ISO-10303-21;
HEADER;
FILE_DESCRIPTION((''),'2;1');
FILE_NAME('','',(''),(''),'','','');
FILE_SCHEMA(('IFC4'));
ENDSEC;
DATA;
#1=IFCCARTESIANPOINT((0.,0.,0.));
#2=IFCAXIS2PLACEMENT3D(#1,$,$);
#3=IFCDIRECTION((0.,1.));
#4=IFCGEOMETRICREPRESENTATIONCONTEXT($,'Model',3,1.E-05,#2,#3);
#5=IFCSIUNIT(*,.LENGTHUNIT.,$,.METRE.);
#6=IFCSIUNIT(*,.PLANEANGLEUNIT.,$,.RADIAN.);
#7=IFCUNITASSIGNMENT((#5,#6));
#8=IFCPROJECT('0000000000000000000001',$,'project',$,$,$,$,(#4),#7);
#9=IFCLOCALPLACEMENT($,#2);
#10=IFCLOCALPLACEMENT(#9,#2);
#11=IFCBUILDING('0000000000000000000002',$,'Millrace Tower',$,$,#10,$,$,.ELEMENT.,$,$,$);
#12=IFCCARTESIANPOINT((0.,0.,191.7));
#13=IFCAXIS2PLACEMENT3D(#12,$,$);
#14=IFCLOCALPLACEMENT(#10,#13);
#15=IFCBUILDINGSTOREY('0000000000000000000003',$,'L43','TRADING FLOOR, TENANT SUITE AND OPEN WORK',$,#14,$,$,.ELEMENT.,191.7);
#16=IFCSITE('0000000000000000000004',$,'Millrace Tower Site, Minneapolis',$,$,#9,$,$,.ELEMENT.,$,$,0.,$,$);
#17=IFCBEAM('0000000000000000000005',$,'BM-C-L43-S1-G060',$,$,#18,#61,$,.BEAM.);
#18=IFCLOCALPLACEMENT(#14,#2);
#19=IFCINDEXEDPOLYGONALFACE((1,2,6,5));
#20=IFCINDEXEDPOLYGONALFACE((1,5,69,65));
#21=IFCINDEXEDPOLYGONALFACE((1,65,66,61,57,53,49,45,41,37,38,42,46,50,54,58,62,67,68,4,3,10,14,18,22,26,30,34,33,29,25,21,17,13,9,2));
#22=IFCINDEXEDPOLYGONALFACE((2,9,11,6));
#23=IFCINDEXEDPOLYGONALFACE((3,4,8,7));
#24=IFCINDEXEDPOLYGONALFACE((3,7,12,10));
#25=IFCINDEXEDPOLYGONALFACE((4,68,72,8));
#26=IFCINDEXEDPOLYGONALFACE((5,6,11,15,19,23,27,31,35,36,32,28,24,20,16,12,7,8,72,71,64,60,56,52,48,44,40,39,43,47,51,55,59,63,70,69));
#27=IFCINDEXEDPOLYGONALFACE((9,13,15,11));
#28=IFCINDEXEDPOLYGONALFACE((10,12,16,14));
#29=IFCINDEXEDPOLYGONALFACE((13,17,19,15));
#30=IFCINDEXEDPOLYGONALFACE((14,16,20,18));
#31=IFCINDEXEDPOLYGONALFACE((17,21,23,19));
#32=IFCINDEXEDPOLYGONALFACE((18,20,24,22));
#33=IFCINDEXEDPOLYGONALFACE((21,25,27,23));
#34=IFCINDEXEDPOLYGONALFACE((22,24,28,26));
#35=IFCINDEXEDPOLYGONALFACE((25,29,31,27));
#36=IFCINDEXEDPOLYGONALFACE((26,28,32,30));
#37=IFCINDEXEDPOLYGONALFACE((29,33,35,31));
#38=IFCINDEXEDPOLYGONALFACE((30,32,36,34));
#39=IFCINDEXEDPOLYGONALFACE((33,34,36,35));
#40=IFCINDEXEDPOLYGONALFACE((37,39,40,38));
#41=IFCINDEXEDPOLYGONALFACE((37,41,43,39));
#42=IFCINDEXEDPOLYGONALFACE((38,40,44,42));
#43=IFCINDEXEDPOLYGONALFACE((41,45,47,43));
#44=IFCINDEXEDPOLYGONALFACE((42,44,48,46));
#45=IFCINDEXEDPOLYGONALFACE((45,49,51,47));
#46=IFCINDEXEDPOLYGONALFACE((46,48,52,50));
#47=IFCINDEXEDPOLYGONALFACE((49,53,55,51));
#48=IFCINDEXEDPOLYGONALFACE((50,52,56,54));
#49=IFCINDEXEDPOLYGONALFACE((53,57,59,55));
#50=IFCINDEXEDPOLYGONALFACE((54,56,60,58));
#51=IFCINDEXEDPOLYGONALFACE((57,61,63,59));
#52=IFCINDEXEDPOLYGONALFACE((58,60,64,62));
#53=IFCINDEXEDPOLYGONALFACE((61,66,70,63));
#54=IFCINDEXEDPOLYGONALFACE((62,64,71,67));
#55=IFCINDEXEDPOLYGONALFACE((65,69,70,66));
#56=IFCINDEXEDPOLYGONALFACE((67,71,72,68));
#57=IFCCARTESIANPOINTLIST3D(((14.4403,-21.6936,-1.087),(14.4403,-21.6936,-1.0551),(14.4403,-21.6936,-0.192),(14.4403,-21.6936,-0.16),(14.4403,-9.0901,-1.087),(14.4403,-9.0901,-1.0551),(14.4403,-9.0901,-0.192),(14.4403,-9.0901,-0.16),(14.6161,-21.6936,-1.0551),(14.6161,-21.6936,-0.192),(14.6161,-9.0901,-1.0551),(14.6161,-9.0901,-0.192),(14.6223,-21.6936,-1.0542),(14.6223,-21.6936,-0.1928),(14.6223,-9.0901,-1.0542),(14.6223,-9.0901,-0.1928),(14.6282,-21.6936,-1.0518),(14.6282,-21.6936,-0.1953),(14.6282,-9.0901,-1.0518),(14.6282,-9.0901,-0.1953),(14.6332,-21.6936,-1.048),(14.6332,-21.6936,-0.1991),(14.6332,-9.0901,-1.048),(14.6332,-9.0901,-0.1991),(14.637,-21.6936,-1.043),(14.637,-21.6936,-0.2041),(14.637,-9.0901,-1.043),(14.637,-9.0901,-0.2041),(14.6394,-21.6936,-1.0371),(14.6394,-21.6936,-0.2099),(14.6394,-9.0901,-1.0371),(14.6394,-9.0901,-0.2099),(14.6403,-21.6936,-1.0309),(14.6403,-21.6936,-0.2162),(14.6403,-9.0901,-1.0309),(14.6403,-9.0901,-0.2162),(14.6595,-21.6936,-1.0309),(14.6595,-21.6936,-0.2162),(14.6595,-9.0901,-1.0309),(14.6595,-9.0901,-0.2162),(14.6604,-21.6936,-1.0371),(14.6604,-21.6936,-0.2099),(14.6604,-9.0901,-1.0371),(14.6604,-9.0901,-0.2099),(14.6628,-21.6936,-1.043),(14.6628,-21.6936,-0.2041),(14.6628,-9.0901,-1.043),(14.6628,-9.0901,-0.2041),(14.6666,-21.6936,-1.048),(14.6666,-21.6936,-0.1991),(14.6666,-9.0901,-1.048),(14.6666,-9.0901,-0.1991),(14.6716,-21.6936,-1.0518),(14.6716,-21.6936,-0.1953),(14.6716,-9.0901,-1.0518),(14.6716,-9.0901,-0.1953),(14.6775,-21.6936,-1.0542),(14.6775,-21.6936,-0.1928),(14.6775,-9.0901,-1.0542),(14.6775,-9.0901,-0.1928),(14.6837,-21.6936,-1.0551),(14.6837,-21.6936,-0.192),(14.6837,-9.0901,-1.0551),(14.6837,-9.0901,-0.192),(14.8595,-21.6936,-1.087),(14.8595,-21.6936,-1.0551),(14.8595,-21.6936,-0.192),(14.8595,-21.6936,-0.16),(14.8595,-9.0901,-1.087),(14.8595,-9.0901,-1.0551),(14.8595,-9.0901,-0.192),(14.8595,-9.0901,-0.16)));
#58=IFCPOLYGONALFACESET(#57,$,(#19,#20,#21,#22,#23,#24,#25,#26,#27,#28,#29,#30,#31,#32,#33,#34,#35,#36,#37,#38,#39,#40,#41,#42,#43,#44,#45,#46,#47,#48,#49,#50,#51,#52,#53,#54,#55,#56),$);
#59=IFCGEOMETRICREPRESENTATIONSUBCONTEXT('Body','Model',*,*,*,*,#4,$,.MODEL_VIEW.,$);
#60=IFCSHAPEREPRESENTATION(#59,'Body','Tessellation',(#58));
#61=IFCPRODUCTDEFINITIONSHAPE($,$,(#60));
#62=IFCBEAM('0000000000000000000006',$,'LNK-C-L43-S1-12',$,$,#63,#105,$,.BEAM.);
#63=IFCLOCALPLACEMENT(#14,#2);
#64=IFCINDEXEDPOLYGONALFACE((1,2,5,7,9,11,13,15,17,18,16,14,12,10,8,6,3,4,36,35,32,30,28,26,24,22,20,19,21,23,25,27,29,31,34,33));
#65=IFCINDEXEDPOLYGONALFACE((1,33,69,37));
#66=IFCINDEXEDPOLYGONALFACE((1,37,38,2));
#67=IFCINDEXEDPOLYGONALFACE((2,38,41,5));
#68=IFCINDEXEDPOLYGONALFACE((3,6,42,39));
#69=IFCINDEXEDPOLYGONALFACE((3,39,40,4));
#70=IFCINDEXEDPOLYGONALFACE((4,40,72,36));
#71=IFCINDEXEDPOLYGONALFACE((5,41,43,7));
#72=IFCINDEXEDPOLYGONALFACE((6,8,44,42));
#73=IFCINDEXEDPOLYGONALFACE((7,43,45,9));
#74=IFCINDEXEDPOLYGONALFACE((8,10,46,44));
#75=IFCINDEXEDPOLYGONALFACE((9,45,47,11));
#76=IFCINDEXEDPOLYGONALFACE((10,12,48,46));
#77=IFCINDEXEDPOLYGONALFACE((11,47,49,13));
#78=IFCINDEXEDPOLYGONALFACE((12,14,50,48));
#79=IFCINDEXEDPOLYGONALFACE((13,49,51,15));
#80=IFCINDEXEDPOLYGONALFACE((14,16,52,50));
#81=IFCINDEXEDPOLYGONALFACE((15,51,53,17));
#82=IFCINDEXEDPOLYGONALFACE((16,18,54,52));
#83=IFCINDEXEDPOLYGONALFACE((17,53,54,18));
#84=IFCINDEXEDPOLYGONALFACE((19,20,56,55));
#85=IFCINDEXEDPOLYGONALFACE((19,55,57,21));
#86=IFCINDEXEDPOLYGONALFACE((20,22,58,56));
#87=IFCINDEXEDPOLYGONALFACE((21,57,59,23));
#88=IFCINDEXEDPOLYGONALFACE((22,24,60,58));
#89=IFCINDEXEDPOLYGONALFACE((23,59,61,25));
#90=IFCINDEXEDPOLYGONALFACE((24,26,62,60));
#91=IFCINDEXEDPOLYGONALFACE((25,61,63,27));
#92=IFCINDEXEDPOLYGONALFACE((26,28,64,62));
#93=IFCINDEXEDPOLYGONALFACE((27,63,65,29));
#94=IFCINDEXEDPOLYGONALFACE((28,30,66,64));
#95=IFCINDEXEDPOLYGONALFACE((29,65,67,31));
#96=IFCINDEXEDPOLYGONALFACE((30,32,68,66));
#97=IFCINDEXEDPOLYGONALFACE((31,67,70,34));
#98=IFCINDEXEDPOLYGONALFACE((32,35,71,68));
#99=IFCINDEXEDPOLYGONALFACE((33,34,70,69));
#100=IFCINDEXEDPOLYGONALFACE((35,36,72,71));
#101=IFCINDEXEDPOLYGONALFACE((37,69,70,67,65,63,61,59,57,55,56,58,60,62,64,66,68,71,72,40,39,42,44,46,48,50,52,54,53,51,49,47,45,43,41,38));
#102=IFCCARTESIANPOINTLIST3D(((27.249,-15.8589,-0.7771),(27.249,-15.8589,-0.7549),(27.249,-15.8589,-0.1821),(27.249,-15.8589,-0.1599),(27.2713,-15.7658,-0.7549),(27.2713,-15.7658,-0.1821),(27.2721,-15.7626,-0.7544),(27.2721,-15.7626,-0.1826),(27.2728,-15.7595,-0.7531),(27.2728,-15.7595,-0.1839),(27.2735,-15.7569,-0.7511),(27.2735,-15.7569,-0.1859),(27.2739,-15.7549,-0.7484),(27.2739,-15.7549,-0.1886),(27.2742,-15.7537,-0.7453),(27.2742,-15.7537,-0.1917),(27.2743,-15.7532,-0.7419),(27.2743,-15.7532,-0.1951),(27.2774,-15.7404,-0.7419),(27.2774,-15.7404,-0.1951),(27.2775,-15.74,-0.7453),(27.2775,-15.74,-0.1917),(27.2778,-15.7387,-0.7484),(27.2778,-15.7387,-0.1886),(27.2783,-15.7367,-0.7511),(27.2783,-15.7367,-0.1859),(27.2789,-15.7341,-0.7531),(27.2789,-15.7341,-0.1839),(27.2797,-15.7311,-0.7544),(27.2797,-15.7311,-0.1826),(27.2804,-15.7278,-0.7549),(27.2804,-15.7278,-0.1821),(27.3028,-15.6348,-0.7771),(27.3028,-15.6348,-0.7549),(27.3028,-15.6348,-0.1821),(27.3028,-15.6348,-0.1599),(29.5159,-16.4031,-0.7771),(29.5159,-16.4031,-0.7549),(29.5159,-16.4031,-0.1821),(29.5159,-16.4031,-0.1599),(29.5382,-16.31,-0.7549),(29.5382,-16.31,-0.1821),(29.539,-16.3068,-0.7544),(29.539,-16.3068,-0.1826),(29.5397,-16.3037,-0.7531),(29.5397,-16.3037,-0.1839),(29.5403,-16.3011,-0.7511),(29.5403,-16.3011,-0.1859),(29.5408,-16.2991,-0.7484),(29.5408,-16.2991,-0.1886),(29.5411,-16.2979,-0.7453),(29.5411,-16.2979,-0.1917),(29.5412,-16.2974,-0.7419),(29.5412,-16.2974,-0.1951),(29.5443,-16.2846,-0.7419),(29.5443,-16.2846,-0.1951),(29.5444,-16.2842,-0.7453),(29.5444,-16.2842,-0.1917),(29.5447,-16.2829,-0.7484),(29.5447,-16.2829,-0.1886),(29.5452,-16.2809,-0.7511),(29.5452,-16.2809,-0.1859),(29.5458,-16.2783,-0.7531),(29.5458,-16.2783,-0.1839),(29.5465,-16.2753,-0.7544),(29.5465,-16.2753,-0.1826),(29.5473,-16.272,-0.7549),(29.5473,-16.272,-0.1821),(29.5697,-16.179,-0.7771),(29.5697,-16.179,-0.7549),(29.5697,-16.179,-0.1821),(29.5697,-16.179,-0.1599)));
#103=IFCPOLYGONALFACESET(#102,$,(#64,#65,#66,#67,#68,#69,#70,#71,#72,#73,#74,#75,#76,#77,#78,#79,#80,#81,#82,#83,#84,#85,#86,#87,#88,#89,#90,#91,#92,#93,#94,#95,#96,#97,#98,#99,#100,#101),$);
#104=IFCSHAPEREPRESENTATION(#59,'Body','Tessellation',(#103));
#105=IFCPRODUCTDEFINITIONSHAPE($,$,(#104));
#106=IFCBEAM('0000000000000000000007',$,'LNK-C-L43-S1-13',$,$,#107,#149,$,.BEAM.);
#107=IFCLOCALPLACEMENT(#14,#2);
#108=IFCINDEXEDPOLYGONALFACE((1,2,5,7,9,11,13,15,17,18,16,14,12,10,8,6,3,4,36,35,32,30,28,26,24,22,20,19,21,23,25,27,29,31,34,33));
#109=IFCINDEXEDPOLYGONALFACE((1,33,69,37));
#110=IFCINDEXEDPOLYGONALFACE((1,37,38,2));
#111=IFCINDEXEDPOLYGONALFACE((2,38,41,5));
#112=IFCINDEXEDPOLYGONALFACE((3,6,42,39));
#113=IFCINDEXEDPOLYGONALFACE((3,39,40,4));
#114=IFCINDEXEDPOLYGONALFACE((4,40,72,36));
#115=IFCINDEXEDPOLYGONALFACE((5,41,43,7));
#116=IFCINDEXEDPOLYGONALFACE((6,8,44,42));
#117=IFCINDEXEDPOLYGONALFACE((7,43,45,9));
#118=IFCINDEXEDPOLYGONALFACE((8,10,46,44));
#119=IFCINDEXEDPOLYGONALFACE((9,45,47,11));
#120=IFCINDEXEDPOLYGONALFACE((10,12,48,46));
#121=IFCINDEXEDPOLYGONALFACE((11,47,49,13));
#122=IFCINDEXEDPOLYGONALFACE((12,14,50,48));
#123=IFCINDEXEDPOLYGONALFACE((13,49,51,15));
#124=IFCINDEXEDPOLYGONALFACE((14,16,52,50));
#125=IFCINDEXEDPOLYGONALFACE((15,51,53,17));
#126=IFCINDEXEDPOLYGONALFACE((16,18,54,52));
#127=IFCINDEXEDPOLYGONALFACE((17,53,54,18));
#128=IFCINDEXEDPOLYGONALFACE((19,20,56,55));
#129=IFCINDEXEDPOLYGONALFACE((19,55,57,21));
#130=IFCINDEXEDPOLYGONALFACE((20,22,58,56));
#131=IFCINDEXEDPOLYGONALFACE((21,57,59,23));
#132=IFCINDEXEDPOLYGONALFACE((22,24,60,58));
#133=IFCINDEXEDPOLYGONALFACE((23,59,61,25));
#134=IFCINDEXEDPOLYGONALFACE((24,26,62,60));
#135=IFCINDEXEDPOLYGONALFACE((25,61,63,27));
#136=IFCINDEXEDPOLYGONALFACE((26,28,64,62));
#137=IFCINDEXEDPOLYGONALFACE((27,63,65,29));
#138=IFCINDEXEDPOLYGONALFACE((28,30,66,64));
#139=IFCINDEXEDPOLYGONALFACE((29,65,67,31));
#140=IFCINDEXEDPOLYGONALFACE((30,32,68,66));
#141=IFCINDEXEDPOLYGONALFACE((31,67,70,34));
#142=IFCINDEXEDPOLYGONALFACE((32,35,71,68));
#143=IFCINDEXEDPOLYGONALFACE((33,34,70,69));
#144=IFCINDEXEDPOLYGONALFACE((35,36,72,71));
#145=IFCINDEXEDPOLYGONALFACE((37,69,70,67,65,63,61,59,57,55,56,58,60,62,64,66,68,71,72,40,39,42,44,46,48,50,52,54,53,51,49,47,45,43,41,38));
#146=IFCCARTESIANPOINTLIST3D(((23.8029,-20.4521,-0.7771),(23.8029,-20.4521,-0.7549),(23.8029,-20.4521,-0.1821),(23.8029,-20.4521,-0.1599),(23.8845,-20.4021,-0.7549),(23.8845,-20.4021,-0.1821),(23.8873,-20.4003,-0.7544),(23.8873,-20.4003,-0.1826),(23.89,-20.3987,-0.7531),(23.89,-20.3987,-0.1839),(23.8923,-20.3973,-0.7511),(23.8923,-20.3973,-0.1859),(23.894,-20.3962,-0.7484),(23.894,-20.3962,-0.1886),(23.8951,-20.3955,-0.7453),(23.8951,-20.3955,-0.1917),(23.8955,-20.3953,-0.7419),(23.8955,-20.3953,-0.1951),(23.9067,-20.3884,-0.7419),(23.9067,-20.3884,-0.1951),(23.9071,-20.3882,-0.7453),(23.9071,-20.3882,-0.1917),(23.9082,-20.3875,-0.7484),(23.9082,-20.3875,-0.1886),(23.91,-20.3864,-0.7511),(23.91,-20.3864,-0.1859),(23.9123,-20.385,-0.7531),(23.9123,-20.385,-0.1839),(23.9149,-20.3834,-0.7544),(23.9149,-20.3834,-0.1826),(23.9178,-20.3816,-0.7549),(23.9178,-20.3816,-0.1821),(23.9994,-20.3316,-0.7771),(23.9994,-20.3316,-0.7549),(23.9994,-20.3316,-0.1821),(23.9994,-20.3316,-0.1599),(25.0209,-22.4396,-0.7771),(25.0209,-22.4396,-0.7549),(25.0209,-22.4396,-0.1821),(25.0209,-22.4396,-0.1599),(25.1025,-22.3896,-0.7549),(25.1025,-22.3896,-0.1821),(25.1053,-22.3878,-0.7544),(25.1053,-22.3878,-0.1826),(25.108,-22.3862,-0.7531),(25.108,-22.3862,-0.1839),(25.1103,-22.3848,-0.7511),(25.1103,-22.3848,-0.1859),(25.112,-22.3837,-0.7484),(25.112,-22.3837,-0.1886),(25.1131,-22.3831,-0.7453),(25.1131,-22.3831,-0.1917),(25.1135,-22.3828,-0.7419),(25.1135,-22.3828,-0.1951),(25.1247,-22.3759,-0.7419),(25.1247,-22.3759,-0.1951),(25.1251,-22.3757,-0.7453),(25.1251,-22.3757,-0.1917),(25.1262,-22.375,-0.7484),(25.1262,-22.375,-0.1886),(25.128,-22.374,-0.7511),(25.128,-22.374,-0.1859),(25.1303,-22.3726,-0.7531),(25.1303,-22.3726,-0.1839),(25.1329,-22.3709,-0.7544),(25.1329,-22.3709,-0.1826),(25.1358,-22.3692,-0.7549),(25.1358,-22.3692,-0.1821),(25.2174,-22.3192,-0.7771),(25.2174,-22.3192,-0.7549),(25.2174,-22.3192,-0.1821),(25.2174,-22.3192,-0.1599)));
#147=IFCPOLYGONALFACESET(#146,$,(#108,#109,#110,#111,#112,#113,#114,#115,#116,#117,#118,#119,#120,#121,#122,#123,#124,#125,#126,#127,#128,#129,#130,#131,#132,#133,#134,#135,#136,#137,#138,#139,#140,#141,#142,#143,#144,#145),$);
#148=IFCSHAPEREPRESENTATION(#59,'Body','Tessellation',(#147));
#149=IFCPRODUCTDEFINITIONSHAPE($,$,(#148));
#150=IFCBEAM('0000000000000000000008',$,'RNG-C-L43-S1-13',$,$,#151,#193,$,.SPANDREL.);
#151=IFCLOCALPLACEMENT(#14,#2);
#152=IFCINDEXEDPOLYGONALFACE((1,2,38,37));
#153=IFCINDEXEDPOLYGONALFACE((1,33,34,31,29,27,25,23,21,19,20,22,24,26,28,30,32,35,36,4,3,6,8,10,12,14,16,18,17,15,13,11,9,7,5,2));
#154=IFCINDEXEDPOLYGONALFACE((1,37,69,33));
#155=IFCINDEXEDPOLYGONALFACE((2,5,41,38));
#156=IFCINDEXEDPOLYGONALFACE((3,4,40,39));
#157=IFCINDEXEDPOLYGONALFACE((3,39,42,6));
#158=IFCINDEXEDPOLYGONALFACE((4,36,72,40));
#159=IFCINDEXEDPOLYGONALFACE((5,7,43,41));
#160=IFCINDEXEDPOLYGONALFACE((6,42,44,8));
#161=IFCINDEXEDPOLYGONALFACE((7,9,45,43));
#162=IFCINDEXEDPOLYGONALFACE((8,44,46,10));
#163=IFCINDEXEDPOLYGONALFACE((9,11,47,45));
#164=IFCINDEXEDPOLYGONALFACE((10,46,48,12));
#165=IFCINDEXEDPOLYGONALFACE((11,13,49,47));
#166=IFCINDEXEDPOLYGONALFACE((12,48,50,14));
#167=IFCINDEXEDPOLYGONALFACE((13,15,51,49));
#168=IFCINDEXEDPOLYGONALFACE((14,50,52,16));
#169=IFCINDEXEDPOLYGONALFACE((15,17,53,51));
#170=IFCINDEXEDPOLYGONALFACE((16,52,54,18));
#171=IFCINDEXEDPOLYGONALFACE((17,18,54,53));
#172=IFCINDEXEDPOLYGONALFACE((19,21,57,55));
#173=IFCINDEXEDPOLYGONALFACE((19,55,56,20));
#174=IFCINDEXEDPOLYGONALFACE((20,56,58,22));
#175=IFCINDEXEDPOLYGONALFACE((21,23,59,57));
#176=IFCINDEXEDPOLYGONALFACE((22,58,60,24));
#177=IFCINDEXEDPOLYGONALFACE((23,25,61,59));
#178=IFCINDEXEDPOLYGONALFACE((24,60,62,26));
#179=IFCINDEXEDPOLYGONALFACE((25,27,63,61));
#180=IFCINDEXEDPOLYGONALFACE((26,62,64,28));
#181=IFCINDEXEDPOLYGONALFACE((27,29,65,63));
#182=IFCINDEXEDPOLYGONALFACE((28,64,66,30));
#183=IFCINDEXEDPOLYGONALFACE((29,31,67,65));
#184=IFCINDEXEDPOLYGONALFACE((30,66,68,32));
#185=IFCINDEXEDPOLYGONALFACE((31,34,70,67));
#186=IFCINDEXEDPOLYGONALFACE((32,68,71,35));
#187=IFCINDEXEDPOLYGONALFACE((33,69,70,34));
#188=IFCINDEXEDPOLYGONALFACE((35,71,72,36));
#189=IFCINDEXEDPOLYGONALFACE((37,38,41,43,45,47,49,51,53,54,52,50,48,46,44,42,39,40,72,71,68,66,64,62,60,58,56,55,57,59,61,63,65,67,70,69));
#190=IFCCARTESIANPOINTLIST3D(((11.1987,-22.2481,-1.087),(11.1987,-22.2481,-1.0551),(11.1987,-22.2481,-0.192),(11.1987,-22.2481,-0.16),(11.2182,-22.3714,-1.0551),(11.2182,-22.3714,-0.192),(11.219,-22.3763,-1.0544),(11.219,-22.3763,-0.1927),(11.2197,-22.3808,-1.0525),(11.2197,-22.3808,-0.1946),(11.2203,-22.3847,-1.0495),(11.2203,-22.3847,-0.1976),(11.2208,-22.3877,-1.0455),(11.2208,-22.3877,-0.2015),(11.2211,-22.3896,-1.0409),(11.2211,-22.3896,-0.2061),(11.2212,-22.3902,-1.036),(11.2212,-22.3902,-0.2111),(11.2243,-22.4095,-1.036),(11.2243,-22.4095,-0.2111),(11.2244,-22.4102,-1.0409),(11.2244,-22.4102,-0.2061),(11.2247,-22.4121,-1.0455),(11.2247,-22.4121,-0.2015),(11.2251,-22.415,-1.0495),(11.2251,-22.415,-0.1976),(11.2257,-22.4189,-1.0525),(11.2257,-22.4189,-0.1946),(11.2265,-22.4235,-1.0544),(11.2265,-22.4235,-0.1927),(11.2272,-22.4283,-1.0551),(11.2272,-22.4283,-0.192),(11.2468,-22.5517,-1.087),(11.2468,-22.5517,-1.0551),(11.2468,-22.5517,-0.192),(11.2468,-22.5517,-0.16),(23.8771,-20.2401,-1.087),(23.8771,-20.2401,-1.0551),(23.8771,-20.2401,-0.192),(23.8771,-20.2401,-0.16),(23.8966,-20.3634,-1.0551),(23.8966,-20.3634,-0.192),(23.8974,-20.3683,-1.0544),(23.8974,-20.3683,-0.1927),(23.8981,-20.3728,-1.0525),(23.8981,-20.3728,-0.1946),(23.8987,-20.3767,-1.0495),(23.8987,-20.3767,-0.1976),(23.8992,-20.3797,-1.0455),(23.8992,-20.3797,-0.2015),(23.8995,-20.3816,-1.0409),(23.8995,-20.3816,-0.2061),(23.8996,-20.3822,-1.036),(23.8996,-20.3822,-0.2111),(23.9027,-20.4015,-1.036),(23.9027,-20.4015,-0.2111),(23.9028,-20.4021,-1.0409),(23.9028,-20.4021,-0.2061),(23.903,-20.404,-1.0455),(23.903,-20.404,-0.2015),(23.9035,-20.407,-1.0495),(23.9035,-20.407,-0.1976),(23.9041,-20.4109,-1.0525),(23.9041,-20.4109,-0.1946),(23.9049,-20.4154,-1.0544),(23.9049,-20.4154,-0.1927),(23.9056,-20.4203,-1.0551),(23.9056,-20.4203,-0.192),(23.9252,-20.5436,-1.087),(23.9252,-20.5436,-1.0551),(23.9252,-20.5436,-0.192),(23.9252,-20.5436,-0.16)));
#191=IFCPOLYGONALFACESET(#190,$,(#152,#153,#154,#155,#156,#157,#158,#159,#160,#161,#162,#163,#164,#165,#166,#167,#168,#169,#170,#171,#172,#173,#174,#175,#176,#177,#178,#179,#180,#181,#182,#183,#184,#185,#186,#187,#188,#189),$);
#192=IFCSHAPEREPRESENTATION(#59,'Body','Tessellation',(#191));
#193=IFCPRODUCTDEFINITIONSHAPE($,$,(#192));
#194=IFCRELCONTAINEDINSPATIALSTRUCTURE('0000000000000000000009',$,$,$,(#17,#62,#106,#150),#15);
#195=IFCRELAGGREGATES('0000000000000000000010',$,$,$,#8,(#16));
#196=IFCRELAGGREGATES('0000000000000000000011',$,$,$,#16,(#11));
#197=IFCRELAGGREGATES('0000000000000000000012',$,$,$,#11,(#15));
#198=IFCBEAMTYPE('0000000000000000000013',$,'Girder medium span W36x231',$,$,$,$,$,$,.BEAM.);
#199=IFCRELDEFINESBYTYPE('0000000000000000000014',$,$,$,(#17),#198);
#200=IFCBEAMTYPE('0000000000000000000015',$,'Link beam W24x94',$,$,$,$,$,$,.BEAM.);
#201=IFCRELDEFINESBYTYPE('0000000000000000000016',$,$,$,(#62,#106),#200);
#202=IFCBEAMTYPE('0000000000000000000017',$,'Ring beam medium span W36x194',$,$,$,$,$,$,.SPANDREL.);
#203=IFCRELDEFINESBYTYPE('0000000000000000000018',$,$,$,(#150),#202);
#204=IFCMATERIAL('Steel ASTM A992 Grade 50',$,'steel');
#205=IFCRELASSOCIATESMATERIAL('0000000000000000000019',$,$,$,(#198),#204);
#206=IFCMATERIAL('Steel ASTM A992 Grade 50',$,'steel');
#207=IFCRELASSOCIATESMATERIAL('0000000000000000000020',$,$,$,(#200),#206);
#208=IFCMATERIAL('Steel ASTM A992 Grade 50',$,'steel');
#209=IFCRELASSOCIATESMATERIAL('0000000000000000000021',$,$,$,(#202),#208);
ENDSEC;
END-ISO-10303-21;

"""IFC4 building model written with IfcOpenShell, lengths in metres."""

from ifc_helpers import new_model, si_unit, direction, frame, origin, origin_2d, place, context, subcontext, project, spatial, i_section, extrude, material, material_profile, profile_set, type_object, element, save


model = new_model("IFC4")

# Units and contexts
model_context = context("Model", 3, precision=1e-05, world=origin(), true_north=direction((0.0, 1.0)))
body_context = subcontext(model_context, "Body", "Model", "MODEL_VIEW")
ifc_project = project(units=[si_unit("LENGTHUNIT", "METRE"), si_unit("PLANEANGLEUNIT", "RADIAN")], contexts=[model_context])

# Site, building, storey
site_placement = place(None, origin())
site = spatial("IfcSite", under=ifc_project, at=site_placement, Name="Millrace Tower Site, Minneapolis", CompositionType="ELEMENT", RefElevation=0.0)
building_placement = place(site_placement, origin())
building = spatial("IfcBuilding", under=site, at=building_placement, Name="Millrace Tower", CompositionType="ELEMENT")
storey_placement = place(building_placement, frame((0.0, 0.0, 191.7)))
storey = spatial("IfcBuildingStorey", under=building, at=storey_placement, Name="L43", Description="TRADING FLOOR, TENANT SUITE AND OPEN WORK", CompositionType="ELEMENT", Elevation=191.7)

# Beams
ifc_material_1 = material(Name="Steel ASTM A992 Grade 50", Category="steel")
ifc_material_profile_1 = material_profile(ifc_material_1, i_section(OverallWidth=0.4192, OverallDepth=0.927, WebThickness=0.0193, FlangeThickness=0.032, FilletRadius=0.0242, at=origin_2d()))
ifc_profile_set_1 = profile_set([ifc_material_profile_1], Name="Steel ASTM A992 Grade 50")
beam_type_1 = type_object("IfcBeamType", Name="Girder medium span W36x231", PredefinedType="BEAM", material=ifc_profile_set_1)
beam_1_placement = place(storey_placement, frame((14.6499, -21.6936, -0.6235), z_axis=(0.0, 1.0, 0.0), x_axis=(-1.0, 0.0, 0.0)))
element("IfcBeam", 1, at=beam_1_placement, inside=storey, type_object=beam_type_1, Name="BM-C-L43-S1-G060", PredefinedType="BEAM", context=body_context, shape_type="SweptSolid", body=[
    extrude(i_section(OverallWidth=0.4192, OverallDepth=0.927, WebThickness=0.0193, FlangeThickness=0.032, FilletRadius=0.0242, at=origin_2d()), origin(), (0.0, 0.0, 1.0), 12.6035),
])
ifc_material_2 = material(Name="Steel ASTM A992 Grade 50", Category="steel")
ifc_material_profile_2 = material_profile(ifc_material_2, i_section(OverallWidth=0.2305, OverallDepth=0.6172, WebThickness=0.0132, FlangeThickness=0.0222, FilletRadius=0.0129, at=origin_2d()))
ifc_profile_set_2 = profile_set([ifc_material_profile_2], Name="Steel ASTM A992 Grade 50")
beam_type_2 = type_object("IfcBeamType", Name="Link beam W24x94", PredefinedType="BEAM", material=ifc_profile_set_2)
beam_2_placement = place(storey_placement, frame((27.2759, -15.7468, -0.4685), z_axis=(0.972373, -0.233432, 0.0), x_axis=(0.233432, 0.972373, 0.0)))
element("IfcBeam", 2, at=beam_2_placement, inside=storey, type_object=beam_type_2, Name="LNK-C-L43-S1-12", PredefinedType="BEAM", context=body_context, shape_type="SweptSolid", body=[
    extrude(i_section(OverallWidth=0.2305, OverallDepth=0.6172, WebThickness=0.0132, FlangeThickness=0.0222, FilletRadius=0.0129, at=origin_2d()), origin(), (0.0, 0.0, 1.0), 2.3313),
])
beam_3_placement = place(storey_placement, frame((23.9011, -20.3918, -0.4685), z_axis=(0.522513, -0.852631, 0.0), x_axis=(0.852631, 0.522513, 0.0)))
element("IfcBeam", 3, at=beam_3_placement, inside=storey, type_object=beam_type_2, Name="LNK-C-L43-S1-13", PredefinedType="BEAM", context=body_context, shape_type="SweptSolid", body=[
    extrude(i_section(OverallWidth=0.2305, OverallDepth=0.6172, WebThickness=0.0132, FlangeThickness=0.0222, FilletRadius=0.0129, at=origin_2d()), origin(), (0.0, 0.0, 1.0), 2.3311),
])
ifc_material_3 = material(Name="Steel ASTM A992 Grade 50", Category="steel")
ifc_material_profile_3 = material_profile(ifc_material_3, i_section(OverallWidth=0.3074, OverallDepth=0.927, WebThickness=0.0195, FlangeThickness=0.032, FilletRadius=0.019, at=origin_2d()))
ifc_profile_set_3 = profile_set([ifc_material_profile_3], Name="Steel ASTM A992 Grade 50")
beam_type_3 = type_object("IfcBeamType", Name="Ring beam medium span W36x194", PredefinedType="SPANDREL", material=ifc_profile_set_3)
beam_4_placement = place(storey_placement, frame((23.9011, -20.3918, -0.6235), z_axis=(-0.987689, -0.156433, 0.0), x_axis=(0.156433, -0.987689, 0.0)))
element("IfcBeam", 4, at=beam_4_placement, inside=storey, type_object=beam_type_3, Name="RNG-C-L43-S1-13", PredefinedType="SPANDREL", context=body_context, shape_type="SweptSolid", body=[
    extrude(i_section(OverallWidth=0.3074, OverallDepth=0.927, WebThickness=0.0195, FlangeThickness=0.032, FilletRadius=0.019, at=origin_2d()), origin(), (0.0, 0.0, 1.0), 12.8364),
])

save(model, "model.ifc")
